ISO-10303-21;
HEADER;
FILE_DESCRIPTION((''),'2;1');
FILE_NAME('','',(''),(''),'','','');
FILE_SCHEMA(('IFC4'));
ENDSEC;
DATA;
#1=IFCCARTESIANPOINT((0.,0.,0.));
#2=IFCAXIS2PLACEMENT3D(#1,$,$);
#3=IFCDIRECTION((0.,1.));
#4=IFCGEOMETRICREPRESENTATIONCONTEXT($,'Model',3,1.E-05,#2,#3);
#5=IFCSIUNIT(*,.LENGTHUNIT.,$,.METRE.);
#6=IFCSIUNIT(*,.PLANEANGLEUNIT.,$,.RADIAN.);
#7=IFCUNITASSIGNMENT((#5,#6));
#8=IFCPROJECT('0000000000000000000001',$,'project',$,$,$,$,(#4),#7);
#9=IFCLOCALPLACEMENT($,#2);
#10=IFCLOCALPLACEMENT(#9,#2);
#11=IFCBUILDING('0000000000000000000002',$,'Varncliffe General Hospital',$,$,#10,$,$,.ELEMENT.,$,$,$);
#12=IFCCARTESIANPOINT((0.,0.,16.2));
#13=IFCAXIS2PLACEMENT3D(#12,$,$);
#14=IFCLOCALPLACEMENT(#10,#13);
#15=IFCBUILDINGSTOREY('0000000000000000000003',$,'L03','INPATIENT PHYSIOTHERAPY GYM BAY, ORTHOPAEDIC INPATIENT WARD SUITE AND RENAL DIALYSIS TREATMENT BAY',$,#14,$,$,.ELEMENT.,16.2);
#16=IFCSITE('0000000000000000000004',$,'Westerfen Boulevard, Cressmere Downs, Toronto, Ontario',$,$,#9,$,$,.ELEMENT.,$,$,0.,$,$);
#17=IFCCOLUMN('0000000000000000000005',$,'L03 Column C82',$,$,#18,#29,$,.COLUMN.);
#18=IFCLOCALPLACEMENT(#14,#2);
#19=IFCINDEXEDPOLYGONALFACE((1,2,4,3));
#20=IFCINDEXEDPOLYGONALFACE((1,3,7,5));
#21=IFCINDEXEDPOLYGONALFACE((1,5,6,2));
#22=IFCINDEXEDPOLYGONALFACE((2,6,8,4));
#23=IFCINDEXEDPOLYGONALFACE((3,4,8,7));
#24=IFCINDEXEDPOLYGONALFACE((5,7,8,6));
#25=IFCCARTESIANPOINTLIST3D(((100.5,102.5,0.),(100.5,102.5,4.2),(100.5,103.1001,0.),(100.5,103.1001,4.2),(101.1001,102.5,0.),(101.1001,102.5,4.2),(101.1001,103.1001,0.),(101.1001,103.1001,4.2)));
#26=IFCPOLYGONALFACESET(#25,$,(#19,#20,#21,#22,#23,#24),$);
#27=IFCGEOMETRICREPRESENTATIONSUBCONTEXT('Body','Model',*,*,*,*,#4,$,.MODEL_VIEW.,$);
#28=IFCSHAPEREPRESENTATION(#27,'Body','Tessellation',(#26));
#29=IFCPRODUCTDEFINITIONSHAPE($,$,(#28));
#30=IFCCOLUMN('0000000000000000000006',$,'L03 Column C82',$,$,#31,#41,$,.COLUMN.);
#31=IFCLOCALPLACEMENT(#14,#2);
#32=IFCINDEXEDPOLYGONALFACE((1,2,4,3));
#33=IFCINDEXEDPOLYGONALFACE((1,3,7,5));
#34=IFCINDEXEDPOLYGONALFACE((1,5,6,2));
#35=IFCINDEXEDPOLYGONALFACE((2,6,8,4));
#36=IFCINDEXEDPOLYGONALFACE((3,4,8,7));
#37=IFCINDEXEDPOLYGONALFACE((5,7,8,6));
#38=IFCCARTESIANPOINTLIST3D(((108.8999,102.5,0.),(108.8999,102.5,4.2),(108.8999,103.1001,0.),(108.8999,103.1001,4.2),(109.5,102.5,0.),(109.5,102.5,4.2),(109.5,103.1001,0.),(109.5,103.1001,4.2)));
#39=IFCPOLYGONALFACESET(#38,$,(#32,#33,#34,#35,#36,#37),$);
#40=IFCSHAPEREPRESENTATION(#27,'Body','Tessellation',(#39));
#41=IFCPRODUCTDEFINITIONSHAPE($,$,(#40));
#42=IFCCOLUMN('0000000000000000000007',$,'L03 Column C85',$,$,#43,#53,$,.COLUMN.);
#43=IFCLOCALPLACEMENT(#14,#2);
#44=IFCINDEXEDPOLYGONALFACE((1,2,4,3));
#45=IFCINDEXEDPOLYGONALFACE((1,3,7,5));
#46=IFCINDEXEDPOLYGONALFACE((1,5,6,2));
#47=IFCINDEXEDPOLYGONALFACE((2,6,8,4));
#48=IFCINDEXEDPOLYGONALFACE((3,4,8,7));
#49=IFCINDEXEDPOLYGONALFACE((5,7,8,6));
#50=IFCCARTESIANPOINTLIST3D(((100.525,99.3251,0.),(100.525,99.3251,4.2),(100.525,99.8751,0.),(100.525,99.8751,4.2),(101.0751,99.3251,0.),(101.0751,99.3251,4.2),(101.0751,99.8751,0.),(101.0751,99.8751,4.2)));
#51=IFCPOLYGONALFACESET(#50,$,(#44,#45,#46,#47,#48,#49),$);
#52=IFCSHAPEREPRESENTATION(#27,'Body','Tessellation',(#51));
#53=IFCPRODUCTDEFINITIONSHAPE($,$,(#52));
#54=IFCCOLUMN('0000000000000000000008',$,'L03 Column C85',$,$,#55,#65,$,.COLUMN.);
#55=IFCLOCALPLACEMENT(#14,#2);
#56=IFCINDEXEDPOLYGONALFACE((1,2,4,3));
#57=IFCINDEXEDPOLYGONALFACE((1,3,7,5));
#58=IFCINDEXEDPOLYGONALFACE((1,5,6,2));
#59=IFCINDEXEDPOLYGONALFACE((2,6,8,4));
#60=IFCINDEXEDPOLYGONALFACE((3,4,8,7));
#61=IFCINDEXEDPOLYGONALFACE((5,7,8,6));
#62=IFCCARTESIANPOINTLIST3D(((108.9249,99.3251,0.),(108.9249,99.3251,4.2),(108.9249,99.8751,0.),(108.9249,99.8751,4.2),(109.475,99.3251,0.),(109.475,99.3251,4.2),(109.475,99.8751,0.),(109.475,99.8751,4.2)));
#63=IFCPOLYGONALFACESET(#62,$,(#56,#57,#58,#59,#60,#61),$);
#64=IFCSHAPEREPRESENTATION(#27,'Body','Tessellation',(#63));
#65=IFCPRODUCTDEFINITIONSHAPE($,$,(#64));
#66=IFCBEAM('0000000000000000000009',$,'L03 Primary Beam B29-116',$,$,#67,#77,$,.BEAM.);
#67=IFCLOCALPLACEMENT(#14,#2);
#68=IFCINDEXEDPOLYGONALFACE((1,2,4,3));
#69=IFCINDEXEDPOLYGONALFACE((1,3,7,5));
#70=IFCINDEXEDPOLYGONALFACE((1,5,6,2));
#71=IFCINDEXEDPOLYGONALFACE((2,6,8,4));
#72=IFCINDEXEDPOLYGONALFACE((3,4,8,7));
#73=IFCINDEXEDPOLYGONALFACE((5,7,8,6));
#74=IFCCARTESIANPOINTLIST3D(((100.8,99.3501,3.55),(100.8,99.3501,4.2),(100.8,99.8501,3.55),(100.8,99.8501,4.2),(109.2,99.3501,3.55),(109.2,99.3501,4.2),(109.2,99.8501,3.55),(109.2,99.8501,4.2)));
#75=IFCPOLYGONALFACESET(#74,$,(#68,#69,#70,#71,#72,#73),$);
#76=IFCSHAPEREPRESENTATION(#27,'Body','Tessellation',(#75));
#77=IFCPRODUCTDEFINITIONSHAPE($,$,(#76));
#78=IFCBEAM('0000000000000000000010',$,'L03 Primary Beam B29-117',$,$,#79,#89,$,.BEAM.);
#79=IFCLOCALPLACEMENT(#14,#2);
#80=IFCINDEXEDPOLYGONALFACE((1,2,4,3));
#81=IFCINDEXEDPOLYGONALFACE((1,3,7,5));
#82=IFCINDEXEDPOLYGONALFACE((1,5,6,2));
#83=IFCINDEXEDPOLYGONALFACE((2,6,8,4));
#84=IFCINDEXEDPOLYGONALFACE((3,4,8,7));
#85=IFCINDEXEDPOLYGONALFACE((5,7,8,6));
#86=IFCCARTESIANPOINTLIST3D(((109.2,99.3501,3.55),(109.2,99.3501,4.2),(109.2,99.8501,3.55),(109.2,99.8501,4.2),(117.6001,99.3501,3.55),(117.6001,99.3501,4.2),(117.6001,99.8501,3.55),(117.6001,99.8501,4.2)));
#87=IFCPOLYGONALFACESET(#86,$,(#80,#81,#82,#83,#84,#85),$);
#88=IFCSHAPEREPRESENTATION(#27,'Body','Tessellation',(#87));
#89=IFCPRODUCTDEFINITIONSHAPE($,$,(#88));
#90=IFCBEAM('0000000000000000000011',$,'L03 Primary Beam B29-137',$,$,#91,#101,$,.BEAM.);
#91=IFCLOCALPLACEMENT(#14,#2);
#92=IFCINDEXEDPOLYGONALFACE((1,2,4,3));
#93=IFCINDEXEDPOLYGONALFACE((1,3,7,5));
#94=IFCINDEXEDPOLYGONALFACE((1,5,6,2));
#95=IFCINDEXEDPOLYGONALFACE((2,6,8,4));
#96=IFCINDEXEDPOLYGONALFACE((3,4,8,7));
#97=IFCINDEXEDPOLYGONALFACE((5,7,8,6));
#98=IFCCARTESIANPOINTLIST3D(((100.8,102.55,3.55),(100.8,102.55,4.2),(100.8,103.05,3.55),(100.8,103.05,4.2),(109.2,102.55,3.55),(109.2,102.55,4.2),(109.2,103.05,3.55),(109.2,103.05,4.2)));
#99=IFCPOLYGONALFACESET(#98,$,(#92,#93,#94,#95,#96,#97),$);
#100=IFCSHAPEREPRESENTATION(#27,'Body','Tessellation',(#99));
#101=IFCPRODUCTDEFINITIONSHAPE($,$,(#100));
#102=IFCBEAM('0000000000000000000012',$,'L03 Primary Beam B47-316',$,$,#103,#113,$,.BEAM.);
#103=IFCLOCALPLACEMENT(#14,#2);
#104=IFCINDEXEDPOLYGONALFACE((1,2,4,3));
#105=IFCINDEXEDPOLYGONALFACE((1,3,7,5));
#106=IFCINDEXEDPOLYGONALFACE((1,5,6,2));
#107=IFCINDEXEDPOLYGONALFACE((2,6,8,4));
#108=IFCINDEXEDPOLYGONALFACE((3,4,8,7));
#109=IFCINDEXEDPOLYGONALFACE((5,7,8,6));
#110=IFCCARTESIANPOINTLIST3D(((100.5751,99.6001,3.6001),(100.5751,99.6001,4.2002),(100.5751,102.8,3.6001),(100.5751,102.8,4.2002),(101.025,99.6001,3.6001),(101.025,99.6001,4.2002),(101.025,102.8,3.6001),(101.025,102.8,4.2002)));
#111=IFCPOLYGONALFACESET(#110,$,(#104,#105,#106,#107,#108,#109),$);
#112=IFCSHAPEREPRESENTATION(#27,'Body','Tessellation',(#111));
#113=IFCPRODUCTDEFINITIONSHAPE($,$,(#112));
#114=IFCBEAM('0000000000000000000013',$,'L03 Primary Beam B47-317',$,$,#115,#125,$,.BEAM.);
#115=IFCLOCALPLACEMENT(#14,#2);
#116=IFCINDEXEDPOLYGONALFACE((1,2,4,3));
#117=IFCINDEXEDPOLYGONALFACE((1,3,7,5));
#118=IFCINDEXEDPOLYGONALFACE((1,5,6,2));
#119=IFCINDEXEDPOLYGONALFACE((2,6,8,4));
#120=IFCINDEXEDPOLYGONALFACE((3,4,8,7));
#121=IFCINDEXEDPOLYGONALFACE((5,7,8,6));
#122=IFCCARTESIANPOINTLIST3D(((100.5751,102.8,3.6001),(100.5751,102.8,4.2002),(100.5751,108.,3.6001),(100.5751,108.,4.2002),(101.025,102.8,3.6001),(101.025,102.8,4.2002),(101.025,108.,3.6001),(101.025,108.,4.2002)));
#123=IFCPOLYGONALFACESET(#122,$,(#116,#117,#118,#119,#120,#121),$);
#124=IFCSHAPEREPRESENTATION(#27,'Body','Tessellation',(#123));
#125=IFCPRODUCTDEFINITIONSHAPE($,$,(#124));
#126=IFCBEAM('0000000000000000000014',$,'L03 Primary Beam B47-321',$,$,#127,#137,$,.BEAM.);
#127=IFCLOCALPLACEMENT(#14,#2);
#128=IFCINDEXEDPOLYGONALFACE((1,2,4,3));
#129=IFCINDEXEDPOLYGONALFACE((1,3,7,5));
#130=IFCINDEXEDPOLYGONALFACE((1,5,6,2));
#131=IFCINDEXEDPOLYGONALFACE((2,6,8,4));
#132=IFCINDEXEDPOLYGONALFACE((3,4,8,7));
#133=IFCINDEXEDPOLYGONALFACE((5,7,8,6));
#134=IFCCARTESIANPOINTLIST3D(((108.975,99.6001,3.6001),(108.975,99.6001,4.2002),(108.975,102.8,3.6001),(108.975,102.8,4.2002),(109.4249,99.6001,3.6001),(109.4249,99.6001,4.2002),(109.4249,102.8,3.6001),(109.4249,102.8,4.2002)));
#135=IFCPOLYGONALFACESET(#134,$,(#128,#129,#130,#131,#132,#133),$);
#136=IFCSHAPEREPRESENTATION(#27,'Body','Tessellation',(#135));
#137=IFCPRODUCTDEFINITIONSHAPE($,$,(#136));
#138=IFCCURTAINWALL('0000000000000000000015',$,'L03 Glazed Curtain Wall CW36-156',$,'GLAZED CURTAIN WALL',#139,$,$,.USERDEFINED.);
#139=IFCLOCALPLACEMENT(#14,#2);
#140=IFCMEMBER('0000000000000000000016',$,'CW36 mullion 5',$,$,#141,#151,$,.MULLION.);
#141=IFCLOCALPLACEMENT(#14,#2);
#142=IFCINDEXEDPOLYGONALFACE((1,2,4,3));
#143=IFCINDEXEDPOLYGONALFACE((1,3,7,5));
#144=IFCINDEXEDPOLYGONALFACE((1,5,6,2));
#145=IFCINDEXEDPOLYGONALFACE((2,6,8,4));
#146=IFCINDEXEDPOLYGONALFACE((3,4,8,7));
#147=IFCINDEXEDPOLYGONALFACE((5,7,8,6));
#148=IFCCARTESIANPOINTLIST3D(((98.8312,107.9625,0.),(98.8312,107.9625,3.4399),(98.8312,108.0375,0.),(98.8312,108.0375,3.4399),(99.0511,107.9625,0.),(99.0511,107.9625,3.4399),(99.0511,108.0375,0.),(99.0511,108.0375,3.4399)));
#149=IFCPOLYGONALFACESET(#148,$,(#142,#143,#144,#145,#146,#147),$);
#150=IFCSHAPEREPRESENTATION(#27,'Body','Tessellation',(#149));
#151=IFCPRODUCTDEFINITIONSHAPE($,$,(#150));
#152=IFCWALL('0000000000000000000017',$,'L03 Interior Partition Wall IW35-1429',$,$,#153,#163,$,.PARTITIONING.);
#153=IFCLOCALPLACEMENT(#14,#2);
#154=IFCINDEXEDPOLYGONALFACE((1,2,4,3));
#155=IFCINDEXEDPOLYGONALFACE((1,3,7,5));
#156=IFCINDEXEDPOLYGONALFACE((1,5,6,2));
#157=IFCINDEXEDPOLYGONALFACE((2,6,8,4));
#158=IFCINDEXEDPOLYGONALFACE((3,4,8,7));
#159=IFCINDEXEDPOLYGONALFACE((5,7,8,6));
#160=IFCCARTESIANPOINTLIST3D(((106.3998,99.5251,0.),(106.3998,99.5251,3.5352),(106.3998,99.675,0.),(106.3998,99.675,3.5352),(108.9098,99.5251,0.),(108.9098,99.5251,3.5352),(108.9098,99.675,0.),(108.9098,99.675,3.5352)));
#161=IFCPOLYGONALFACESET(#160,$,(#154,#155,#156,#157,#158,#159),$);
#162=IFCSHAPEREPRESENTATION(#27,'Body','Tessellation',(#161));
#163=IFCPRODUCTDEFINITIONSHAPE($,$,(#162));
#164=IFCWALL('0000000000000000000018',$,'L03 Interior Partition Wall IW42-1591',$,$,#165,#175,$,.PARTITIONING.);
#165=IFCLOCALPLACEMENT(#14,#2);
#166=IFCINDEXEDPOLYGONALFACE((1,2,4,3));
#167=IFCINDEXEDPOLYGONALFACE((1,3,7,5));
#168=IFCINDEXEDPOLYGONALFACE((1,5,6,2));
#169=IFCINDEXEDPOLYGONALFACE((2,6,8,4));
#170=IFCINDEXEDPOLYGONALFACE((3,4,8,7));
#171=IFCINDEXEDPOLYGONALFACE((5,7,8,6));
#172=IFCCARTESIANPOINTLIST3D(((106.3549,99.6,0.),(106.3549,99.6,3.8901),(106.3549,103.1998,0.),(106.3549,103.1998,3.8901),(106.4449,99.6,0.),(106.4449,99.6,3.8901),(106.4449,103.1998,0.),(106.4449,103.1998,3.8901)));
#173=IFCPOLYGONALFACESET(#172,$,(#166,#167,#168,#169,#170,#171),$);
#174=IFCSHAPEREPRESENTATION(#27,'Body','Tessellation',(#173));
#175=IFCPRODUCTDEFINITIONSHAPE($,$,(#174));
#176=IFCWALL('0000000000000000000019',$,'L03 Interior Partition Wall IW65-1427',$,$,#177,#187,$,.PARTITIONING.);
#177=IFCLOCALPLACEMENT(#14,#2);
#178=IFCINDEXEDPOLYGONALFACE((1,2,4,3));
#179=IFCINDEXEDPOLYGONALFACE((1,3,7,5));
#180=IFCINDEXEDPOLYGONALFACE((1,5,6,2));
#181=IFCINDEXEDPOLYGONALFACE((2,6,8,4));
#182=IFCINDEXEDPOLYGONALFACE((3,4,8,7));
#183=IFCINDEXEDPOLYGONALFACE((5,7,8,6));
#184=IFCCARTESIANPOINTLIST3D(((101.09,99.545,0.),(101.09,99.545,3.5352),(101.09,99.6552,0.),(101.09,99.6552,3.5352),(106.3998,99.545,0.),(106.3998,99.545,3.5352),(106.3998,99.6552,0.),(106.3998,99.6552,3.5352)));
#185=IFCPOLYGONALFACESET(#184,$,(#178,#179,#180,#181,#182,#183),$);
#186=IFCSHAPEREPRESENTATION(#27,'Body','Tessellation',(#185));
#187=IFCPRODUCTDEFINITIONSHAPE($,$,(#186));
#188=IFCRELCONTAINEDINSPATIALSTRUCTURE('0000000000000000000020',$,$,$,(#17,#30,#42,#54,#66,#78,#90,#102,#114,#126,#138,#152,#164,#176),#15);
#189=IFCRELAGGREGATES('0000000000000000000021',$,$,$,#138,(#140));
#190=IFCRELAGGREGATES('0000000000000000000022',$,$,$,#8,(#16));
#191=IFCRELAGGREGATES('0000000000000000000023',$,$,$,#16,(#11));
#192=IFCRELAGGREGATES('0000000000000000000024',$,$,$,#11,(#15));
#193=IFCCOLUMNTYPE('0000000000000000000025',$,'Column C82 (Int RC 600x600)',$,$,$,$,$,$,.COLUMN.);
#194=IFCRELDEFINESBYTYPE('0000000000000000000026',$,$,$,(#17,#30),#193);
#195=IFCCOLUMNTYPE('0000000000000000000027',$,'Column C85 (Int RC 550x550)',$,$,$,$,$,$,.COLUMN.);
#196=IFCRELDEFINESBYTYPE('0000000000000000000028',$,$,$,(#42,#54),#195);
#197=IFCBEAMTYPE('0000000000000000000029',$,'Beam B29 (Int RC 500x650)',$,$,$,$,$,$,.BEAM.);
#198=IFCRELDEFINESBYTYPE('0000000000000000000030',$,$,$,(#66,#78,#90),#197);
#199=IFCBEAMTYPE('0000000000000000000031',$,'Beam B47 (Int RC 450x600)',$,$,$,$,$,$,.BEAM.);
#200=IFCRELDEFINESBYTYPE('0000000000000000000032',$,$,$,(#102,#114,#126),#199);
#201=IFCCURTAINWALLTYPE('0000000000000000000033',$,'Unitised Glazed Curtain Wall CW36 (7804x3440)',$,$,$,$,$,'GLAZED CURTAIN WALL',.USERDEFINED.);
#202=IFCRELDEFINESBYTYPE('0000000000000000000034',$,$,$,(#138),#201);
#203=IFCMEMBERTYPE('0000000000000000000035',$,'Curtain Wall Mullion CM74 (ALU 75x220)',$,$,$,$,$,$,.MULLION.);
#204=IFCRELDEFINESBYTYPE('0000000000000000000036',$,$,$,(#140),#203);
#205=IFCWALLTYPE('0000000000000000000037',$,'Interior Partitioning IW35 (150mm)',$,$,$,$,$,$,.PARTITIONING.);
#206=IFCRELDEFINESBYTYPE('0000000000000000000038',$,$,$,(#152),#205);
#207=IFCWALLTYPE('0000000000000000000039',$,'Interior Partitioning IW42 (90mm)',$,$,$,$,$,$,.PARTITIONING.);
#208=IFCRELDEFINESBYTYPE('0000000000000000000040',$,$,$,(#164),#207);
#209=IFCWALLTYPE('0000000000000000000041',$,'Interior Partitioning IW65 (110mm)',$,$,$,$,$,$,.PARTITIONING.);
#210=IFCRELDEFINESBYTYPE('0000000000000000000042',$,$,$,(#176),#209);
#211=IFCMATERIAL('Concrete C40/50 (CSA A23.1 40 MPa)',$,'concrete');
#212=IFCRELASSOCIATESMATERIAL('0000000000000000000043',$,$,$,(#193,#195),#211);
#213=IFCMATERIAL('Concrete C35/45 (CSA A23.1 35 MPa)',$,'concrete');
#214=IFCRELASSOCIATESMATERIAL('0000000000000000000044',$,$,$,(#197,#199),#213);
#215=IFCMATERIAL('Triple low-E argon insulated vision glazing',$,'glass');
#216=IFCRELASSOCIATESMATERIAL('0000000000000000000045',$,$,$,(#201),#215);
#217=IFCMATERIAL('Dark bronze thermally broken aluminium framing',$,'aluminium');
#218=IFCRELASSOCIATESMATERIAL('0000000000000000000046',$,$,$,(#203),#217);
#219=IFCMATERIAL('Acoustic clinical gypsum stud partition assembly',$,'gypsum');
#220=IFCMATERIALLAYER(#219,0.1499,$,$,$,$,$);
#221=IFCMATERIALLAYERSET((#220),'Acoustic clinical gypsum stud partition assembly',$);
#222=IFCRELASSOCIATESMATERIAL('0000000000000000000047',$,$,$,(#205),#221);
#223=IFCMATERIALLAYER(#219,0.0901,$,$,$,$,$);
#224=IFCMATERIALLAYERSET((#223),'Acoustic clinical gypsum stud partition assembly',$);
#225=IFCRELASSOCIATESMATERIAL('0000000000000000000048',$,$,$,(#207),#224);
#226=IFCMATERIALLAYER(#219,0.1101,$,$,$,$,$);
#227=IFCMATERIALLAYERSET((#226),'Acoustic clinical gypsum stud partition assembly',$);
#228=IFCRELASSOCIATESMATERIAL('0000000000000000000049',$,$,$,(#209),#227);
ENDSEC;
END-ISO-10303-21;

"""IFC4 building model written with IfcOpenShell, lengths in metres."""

from ifc_helpers import new_model, si_unit, direction, frame, frame_2d, origin, origin_2d, place, context, subcontext, project, spatial, rectangle, extrude, material, layer, layer_set, material_profile, profile_set, type_object, element, aggregate, save


model = new_model("IFC4")

# Units and contexts
model_context = context("Model", 3, precision=1e-05, world=origin(), true_north=direction((0.0, 1.0)))
body_context = subcontext(model_context, "Body", "Model", "MODEL_VIEW")
ifc_project = project(units=[si_unit("LENGTHUNIT", "METRE"), si_unit("PLANEANGLEUNIT", "RADIAN")], contexts=[model_context])

# Site, building, storey
site_placement = place(None, origin())
site = spatial("IfcSite", under=ifc_project, at=site_placement, Name="Westerfen Boulevard, Cressmere Downs, Toronto, Ontario", CompositionType="ELEMENT", RefElevation=0.0)
building_placement = place(site_placement, origin())
building = spatial("IfcBuilding", under=site, at=building_placement, Name="Varncliffe General Hospital", CompositionType="ELEMENT")
storey_placement = place(building_placement, frame((0.0, 0.0, 16.2)))
storey = spatial("IfcBuildingStorey", under=building, at=storey_placement, Name="L03", Description="INPATIENT PHYSIOTHERAPY GYM BAY, ORTHOPAEDIC INPATIENT WARD SUITE AND RENAL DIALYSIS TREATMENT BAY", CompositionType="ELEMENT", Elevation=16.2)

# Columns
ifc_material_1 = material(Name="Concrete C40/50 (CSA A23.1 40 MPa)", Category="concrete")
ifc_material_profile_1 = material_profile(ifc_material_1, rectangle(XDim=0.6001, YDim=0.6001, at=origin_2d()), Name="RC 600x600")
ifc_profile_set_1 = profile_set([ifc_material_profile_1], Name="Concrete C40/50 (CSA A23.1 40 MPa)")
column_type_1 = type_object("IfcColumnType", Name="Column C82 (Int RC 600x600)", PredefinedType="COLUMN", material=ifc_profile_set_1)
for number, where, z_axis, x_axis, name in (
    (1, (100.8, 102.8, 0.0), (0.0, 0.0, 1.0), (1.0, 0.0, 0.0), "L03 Column C82"),
    (2, (109.2, 102.8, 0.0), (0.0, 0.0, 1.0), (1.0, 0.0, 0.0), "L03 Column C82"),
):
    element("IfcColumn", number, at=place(storey_placement, frame(where, z_axis=z_axis, x_axis=x_axis)), inside=storey, type_object=column_type_1, Name=name, PredefinedType="COLUMN", context=body_context, shape_type="SweptSolid", body=[
        extrude(rectangle(XDim=0.6001, YDim=0.6001, at=origin_2d()), origin(), (0.0, 0.0, 1.0), 4.2),
    ])
ifc_material_profile_2 = material_profile(ifc_material_1, rectangle(XDim=0.55, YDim=0.55, at=origin_2d()), Name="RC 550x550")
ifc_profile_set_2 = profile_set([ifc_material_profile_2], Name="Concrete C40/50 (CSA A23.1 40 MPa)")
column_type_2 = type_object("IfcColumnType", Name="Column C85 (Int RC 550x550)", PredefinedType="COLUMN", material=ifc_profile_set_2)
for number, where, z_axis, x_axis, name in (
    (3, (100.8, 99.6001, 0.0), (0.0, 0.0, 1.0), (1.0, 0.0, 0.0), "L03 Column C85"),
    (4, (109.2, 99.6001, 0.0), (0.0, 0.0, 1.0), (1.0, 0.0, 0.0), "L03 Column C85"),
):
    element("IfcColumn", number, at=place(storey_placement, frame(where, z_axis=z_axis, x_axis=x_axis)), inside=storey, type_object=column_type_2, Name=name, PredefinedType="COLUMN", context=body_context, shape_type="SweptSolid", body=[
        extrude(rectangle(XDim=0.55, YDim=0.55, at=origin_2d()), origin(), (0.0, 0.0, 1.0), 4.2),
    ])

# Beams
ifc_material_2 = material(Name="Concrete C35/45 (CSA A23.1 35 MPa)", Category="concrete")
ifc_material_profile_3 = material_profile(ifc_material_2, rectangle(XDim=0.5, YDim=0.6499, at=origin_2d()), Name="RC 500x650")
ifc_profile_set_3 = profile_set([ifc_material_profile_3], Name="Concrete C35/45 (CSA A23.1 35 MPa)")
beam_type_1 = type_object("IfcBeamType", Name="Beam B29 (Int RC 500x650)", PredefinedType="BEAM", material=ifc_profile_set_3)
beam_1_placement = place(storey_placement, frame((100.8, 99.6001, 3.875), z_axis=(1.0, 0.0, 0.0), x_axis=(0.0, 1.0, 0.0)))
element("IfcBeam", 5, at=beam_1_placement, inside=storey, type_object=beam_type_1, Name="L03 Primary Beam B29-116", PredefinedType="BEAM", context=body_context, shape_type="SweptSolid", body=[
    extrude(rectangle(XDim=0.5, YDim=0.6499, at=origin_2d()), origin(), (0.0, 0.0, 1.0), 8.3999),
])
beam_2_placement = place(storey_placement, frame((109.2, 99.6001, 3.875), z_axis=(1.0, 0.0, 0.0), x_axis=(0.0, 1.0, 0.0)))
element("IfcBeam", 6, at=beam_2_placement, inside=storey, type_object=beam_type_1, Name="L03 Primary Beam B29-117", PredefinedType="BEAM", context=body_context, shape_type="SweptSolid", body=[
    extrude(rectangle(XDim=0.5, YDim=0.6499, at=origin_2d()), origin(), (0.0, 0.0, 1.0), 8.4001),
])
beam_3_placement = place(storey_placement, frame((100.8, 102.8, 3.875), z_axis=(1.0, 0.0, 0.0), x_axis=(0.0, 1.0, 0.0)))
element("IfcBeam", 7, at=beam_3_placement, inside=storey, type_object=beam_type_1, Name="L03 Primary Beam B29-137", PredefinedType="BEAM", context=body_context, shape_type="SweptSolid", body=[
    extrude(rectangle(XDim=0.5, YDim=0.6499, at=origin_2d()), origin(), (0.0, 0.0, 1.0), 8.3999),
])
ifc_material_profile_4 = material_profile(ifc_material_2, rectangle(XDim=0.45, YDim=0.6001, at=origin_2d()), Name="RC 450x600")
ifc_profile_set_4 = profile_set([ifc_material_profile_4], Name="Concrete C35/45 (CSA A23.1 35 MPa)")
beam_type_2 = type_object("IfcBeamType", Name="Beam B47 (Int RC 450x600)", PredefinedType="BEAM", material=ifc_profile_set_4)
beam_4_placement = place(storey_placement, frame((100.8, 99.6001, 3.9001), z_axis=(0.0, 1.0, 0.0), x_axis=(-1.0, 0.0, 0.0)))
element("IfcBeam", 8, at=beam_4_placement, inside=storey, type_object=beam_type_2, Name="L03 Primary Beam B47-316", PredefinedType="BEAM", context=body_context, shape_type="SweptSolid", body=[
    extrude(rectangle(XDim=0.45, YDim=0.6001, at=origin_2d()), origin(), (0.0, 0.0, 1.0), 3.2),
])
beam_5_placement = place(storey_placement, frame((100.8, 102.8, 3.9001), z_axis=(0.0, 1.0, 0.0), x_axis=(-1.0, 0.0, 0.0)))
element("IfcBeam", 9, at=beam_5_placement, inside=storey, type_object=beam_type_2, Name="L03 Primary Beam B47-317", PredefinedType="BEAM", context=body_context, shape_type="SweptSolid", body=[
    extrude(rectangle(XDim=0.45, YDim=0.6001, at=origin_2d()), origin(), (0.0, 0.0, 1.0), 5.2),
])
beam_6_placement = place(storey_placement, frame((109.2, 99.6001, 3.9001), z_axis=(0.0, 1.0, 0.0), x_axis=(-1.0, 0.0, 0.0)))
element("IfcBeam", 10, at=beam_6_placement, inside=storey, type_object=beam_type_2, Name="L03 Primary Beam B47-321", PredefinedType="BEAM", context=body_context, shape_type="SweptSolid", body=[
    extrude(rectangle(XDim=0.45, YDim=0.6001, at=origin_2d()), origin(), (0.0, 0.0, 1.0), 3.2),
])

# Curtain wall, member
ifc_material_3 = material(Name="Triple low-E argon insulated vision glazing", Category="glass")
curtain_wall_type = type_object("IfcCurtainWallType", Name="Unitised Glazed Curtain Wall CW36 (7804x3440)", ElementType="GLAZED CURTAIN WALL", PredefinedType="USERDEFINED", material=ifc_material_3)
curtain_wall_placement = place(storey_placement, origin())
curtain_wall = element("IfcCurtainWall", 11, at=curtain_wall_placement, inside=storey, type_object=curtain_wall_type, Name="L03 Glazed Curtain Wall CW36-156", ObjectType="GLAZED CURTAIN WALL", PredefinedType="USERDEFINED")
ifc_material_4 = material(Name="Dark bronze thermally broken aluminium framing", Category="aluminium")
ifc_material_profile_5 = material_profile(ifc_material_4, rectangle(XDim=0.075, YDim=0.22, at=origin_2d()), Name="ALU 75x220")
ifc_profile_set_5 = profile_set([ifc_material_profile_5], Name="Dark bronze thermally broken aluminium framing")
member_type = type_object("IfcMemberType", Name="Curtain Wall Mullion CM74 (ALU 75x220)", PredefinedType="MULLION", material=ifc_profile_set_5)
member_placement = place(storey_placement, frame((98.9412, 108.0, 0.0), z_axis=(0.0, 0.0, 1.0), x_axis=(0.0, 1.0, 0.0)))
member = element("IfcMember", 12, at=member_placement, type_object=member_type, Name="CW36 mullion 5", PredefinedType="MULLION", context=body_context, shape_type="SweptSolid", body=[
    extrude(rectangle(XDim=0.075, YDim=0.22, at=origin_2d()), origin(), (0.0, 0.0, 1.0), 3.4399),
])
aggregate(curtain_wall, [member])

# Walls
ifc_material_5 = material(Name="Acoustic clinical gypsum stud partition assembly", Category="gypsum")
ifc_layer_1 = layer(ifc_material_5, 0.1499)
ifc_layer_set_1 = layer_set([ifc_layer_1], Name="Acoustic clinical gypsum stud partition assembly")
wall_type_1 = type_object("IfcWallType", Name="Interior Partitioning IW35 (150mm)", PredefinedType="PARTITIONING", material=ifc_layer_set_1)
wall_1_placement = place(storey_placement, frame((106.3999, 99.6001, 0.0), z_axis=(0.0, 0.0, 1.0), x_axis=(1.0, 0.0, 0.0)))
element("IfcWall", 13, at=wall_1_placement, inside=storey, type_object=wall_type_1, Name="L03 Interior Partition Wall IW35-1429", PredefinedType="PARTITIONING", context=body_context, shape_type="SweptSolid", body=[
    extrude(rectangle(XDim=2.51, YDim=0.1499, at=frame_2d((1.2549, 0.0))), origin(), (0.0, 0.0, 1.0), 3.5352),
])
ifc_layer_2 = layer(ifc_material_5, 0.0901)
ifc_layer_set_2 = layer_set([ifc_layer_2], Name="Acoustic clinical gypsum stud partition assembly")
wall_type_2 = type_object("IfcWallType", Name="Interior Partitioning IW42 (90mm)", PredefinedType="PARTITIONING", material=ifc_layer_set_2)
wall_2_placement = place(storey_placement, frame((106.3999, 99.6001, 0.0), z_axis=(0.0, 0.0, 1.0), x_axis=(0.0, 1.0, 0.0)))
element("IfcWall", 14, at=wall_2_placement, inside=storey, type_object=wall_type_2, Name="L03 Interior Partition Wall IW42-1591", PredefinedType="PARTITIONING", context=body_context, shape_type="SweptSolid", body=[
    extrude(rectangle(XDim=3.5999, YDim=0.0901, at=frame_2d((1.7998, 0.0))), origin(), (0.0, 0.0, 1.0), 3.8901),
])
ifc_layer_3 = layer(ifc_material_5, 0.1101)
ifc_layer_set_3 = layer_set([ifc_layer_3], Name="Acoustic clinical gypsum stud partition assembly")
wall_type_3 = type_object("IfcWallType", Name="Interior Partitioning IW65 (110mm)", PredefinedType="PARTITIONING", material=ifc_layer_set_3)
wall_3_placement = place(storey_placement, frame((101.0901, 99.6001, 0.0), z_axis=(0.0, 0.0, 1.0), x_axis=(1.0, 0.0, 0.0)))
element("IfcWall", 15, at=wall_3_placement, inside=storey, type_object=wall_type_3, Name="L03 Interior Partition Wall IW65-1427", PredefinedType="PARTITIONING", context=body_context, shape_type="SweptSolid", body=[
    extrude(rectangle(XDim=5.3098, YDim=0.1101, at=frame_2d((2.6548, 0.0))), origin(), (0.0, 0.0, 1.0), 3.5352),
])

save(model, "model.ifc")
